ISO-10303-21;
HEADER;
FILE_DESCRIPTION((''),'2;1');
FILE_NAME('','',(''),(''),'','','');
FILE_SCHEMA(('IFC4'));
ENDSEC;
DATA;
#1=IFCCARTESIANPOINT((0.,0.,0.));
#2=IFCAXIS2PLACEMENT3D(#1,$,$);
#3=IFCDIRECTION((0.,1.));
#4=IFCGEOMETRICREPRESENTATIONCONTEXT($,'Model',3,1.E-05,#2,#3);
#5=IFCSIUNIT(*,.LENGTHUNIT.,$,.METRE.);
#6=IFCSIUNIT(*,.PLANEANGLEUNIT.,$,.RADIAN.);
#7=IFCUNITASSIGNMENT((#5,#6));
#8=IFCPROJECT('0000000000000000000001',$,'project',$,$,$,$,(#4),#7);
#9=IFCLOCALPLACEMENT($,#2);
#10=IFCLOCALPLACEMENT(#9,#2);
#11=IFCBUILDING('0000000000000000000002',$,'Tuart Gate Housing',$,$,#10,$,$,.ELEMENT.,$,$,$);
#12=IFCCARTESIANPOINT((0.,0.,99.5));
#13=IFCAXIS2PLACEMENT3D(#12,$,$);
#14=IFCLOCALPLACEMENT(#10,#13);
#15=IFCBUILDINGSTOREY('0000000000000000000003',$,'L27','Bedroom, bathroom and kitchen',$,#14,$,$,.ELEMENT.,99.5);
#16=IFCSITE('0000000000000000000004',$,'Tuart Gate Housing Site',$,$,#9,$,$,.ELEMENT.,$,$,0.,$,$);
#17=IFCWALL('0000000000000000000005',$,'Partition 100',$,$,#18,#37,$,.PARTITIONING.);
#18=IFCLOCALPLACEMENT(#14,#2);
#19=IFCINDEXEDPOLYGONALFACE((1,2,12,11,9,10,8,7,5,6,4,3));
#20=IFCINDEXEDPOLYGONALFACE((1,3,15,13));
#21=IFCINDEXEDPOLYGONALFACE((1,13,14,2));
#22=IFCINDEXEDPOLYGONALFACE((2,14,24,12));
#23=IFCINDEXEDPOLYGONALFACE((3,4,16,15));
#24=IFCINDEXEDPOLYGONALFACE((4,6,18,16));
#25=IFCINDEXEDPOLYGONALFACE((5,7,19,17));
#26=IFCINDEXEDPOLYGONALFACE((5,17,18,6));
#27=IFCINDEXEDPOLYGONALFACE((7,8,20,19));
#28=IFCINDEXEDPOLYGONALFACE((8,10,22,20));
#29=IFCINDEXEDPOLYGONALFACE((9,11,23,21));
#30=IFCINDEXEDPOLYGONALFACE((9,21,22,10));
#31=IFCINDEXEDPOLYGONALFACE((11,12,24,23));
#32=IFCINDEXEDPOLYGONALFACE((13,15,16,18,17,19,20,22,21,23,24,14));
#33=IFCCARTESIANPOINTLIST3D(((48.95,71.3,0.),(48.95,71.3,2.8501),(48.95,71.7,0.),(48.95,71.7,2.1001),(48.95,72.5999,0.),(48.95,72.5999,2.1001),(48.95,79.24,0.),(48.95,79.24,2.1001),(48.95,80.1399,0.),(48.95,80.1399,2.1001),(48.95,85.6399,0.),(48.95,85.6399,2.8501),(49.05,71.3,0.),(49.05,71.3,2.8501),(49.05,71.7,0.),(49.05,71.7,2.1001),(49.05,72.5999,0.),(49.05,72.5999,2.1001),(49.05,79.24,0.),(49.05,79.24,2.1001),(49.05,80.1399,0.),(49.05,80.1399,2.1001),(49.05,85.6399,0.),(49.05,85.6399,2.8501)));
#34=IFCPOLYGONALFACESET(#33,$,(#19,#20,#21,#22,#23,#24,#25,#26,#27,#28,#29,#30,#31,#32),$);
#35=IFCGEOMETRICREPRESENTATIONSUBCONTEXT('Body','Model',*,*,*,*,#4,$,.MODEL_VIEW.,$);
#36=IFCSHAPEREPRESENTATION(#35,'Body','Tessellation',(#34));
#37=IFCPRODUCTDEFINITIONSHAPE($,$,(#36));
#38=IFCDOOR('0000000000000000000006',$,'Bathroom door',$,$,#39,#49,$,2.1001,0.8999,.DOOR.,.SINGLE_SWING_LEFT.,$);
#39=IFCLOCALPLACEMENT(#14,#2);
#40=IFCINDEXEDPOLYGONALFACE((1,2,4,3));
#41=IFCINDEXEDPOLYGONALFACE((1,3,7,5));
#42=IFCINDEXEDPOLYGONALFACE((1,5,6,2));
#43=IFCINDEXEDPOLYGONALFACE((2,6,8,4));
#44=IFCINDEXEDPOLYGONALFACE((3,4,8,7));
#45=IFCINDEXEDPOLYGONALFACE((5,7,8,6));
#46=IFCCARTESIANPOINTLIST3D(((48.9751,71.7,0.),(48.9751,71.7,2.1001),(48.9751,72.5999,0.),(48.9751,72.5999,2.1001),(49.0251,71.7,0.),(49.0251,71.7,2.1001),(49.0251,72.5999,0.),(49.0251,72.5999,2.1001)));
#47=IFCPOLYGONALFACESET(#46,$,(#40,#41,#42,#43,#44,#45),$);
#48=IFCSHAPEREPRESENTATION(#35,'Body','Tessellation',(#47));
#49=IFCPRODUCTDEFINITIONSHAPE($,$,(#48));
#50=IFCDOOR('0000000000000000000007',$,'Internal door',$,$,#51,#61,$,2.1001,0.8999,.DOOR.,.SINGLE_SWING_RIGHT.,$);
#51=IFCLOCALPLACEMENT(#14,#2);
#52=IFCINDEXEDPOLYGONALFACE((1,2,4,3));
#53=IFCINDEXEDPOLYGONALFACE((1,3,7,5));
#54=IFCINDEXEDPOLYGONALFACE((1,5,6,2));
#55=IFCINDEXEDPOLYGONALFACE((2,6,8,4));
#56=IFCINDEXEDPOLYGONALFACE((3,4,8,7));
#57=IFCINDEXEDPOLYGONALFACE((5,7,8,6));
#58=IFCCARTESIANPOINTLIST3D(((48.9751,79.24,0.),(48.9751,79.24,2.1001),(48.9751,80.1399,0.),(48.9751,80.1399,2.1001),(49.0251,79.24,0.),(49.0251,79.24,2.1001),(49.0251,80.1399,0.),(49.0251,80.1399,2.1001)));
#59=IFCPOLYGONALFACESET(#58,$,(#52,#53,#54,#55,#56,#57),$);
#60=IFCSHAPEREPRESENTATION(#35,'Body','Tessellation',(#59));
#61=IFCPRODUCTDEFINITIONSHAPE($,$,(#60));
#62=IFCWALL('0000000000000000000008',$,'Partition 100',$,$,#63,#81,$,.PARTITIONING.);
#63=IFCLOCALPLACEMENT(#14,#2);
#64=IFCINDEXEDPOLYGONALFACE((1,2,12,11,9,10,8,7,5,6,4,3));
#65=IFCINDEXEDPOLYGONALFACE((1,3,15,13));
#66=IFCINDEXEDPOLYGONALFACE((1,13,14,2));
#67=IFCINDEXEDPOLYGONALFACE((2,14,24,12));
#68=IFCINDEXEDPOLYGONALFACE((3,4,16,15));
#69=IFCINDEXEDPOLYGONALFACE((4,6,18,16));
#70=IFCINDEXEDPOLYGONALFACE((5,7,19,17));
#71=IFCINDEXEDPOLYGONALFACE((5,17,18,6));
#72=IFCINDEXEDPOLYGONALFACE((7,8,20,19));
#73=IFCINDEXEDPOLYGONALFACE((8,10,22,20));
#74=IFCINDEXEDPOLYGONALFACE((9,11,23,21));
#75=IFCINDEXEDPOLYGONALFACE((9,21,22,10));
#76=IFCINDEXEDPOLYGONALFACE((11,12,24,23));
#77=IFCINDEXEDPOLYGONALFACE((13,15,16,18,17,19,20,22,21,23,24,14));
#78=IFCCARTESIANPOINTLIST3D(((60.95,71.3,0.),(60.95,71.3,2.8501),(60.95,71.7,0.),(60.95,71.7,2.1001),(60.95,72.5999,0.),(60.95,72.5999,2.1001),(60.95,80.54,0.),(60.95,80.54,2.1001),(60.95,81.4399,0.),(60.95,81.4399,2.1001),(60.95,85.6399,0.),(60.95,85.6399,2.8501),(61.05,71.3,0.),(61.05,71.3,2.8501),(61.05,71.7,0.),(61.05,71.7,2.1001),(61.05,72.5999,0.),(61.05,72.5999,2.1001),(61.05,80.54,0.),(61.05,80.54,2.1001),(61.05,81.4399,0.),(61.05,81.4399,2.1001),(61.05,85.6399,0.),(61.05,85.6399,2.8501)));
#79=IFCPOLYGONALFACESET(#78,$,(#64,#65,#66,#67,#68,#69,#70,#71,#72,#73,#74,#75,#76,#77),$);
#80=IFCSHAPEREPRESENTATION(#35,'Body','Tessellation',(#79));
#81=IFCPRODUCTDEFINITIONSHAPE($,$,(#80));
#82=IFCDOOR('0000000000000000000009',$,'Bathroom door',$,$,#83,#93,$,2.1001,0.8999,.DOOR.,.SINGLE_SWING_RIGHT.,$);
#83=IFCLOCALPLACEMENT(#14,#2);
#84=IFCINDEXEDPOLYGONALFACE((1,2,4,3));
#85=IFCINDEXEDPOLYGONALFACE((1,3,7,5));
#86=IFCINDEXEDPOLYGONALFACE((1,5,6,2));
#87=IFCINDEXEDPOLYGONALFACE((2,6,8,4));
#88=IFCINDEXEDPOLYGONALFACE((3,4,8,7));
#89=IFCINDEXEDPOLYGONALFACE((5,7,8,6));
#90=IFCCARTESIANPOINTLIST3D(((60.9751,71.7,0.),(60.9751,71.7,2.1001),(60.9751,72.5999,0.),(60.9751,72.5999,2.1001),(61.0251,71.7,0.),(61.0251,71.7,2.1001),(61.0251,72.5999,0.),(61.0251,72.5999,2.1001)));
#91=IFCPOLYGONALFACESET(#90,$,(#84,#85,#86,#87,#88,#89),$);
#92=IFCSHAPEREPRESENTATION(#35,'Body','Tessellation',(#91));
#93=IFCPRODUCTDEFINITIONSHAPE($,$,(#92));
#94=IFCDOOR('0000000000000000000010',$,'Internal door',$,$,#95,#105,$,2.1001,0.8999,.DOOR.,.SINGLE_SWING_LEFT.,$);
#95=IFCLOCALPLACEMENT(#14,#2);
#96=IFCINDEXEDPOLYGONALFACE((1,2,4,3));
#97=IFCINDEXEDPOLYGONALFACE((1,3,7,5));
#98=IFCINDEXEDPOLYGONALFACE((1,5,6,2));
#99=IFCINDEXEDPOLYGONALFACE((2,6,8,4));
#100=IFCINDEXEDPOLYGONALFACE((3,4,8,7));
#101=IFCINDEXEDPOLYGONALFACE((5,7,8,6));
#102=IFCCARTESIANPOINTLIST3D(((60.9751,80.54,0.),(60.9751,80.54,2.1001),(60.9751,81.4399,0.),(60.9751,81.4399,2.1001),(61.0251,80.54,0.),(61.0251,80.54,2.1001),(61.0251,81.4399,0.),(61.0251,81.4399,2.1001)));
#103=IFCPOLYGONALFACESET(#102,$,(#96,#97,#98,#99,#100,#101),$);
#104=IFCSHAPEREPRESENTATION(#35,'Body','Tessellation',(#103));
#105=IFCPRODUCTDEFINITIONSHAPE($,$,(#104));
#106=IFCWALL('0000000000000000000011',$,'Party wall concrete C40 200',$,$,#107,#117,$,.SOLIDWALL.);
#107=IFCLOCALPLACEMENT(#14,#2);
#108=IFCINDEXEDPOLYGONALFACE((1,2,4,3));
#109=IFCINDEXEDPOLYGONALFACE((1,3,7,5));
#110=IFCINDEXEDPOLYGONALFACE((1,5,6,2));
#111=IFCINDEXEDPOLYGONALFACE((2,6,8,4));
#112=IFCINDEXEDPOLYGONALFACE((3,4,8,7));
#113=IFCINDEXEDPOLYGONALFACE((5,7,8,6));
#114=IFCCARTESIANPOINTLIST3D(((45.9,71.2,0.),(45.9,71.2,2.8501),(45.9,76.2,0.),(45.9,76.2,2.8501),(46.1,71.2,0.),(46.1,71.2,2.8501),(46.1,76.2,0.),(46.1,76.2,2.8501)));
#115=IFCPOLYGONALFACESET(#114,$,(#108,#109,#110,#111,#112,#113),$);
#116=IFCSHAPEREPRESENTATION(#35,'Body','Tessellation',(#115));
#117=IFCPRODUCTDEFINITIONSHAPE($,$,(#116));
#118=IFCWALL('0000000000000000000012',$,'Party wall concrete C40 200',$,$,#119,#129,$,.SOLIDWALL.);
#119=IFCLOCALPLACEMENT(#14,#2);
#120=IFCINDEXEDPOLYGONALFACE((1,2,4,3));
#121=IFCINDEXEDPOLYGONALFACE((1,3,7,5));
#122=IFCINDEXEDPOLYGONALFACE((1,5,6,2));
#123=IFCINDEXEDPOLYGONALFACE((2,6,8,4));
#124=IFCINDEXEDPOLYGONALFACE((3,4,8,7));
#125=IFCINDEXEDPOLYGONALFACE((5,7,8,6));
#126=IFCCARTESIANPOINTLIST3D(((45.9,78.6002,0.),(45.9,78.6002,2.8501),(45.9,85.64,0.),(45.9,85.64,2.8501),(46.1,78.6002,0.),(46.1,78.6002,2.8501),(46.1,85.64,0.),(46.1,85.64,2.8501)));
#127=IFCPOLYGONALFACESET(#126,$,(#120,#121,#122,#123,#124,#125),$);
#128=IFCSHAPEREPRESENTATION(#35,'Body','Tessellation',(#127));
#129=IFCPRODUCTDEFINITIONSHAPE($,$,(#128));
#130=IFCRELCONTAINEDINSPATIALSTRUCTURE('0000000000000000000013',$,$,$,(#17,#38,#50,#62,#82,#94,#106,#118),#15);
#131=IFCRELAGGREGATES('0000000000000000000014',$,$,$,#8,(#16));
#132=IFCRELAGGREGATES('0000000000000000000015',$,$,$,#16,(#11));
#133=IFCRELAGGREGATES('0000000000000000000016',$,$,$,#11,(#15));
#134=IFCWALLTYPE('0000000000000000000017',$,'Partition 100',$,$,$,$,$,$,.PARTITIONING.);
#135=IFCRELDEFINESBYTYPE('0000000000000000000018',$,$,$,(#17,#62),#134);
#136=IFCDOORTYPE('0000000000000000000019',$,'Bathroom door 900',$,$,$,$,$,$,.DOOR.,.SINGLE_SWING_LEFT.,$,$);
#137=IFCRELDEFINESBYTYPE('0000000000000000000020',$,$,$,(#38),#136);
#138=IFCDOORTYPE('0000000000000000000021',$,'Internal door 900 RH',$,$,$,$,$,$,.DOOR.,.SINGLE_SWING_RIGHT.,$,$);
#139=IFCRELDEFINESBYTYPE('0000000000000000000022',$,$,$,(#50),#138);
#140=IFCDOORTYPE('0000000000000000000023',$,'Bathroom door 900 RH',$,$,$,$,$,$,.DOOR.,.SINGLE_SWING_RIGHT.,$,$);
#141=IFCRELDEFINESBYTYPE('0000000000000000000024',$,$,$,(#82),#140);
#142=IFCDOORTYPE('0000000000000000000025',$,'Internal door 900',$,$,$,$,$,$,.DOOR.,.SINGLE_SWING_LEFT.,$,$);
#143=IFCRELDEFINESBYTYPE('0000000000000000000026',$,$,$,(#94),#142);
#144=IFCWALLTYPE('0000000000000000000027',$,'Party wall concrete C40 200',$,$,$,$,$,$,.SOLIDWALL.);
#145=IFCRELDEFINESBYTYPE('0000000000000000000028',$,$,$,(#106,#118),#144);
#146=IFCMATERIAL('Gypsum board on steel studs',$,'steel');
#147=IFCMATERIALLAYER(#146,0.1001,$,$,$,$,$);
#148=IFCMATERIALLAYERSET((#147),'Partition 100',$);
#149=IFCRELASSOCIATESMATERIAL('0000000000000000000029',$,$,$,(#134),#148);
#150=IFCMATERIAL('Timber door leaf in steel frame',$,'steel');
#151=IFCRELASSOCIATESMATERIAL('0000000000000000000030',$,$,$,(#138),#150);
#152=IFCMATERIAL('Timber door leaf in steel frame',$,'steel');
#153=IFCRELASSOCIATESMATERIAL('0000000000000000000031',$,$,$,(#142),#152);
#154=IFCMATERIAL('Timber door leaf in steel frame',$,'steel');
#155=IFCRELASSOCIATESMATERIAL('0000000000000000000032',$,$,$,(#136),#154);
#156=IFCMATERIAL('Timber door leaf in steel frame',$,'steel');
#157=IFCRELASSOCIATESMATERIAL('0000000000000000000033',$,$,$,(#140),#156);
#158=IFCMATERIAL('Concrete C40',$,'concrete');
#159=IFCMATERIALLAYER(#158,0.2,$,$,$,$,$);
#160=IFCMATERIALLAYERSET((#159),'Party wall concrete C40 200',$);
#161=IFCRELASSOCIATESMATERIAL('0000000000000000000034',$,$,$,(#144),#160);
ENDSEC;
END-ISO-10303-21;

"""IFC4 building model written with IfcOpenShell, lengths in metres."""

from ifc_helpers import new_model, si_unit, direction, frame, frame_2d, origin, place, context, subcontext, project, spatial, rectangle, extrude, material, layer, layer_set, type_object, element, fill, save


model = new_model("IFC4")

# Units and contexts
model_context = context("Model", 3, precision=1e-05, world=origin(), true_north=direction((0.0, 1.0)))
body_context = subcontext(model_context, "Body", "Model", "MODEL_VIEW")
ifc_project = project(units=[si_unit("LENGTHUNIT", "METRE"), si_unit("PLANEANGLEUNIT", "RADIAN")], contexts=[model_context])

# Site, building, storey
site_placement = place(None, origin())
site = spatial("IfcSite", under=ifc_project, at=site_placement, Name="Tuart Gate Housing Site", CompositionType="ELEMENT", RefElevation=0.0)
building_placement = place(site_placement, origin())
building = spatial("IfcBuilding", under=site, at=building_placement, Name="Tuart Gate Housing", CompositionType="ELEMENT")
storey_placement = place(building_placement, frame((0.0, 0.0, 99.5)))
storey = spatial("IfcBuildingStorey", under=building, at=storey_placement, Name="L27", Description="Bedroom, bathroom and kitchen", CompositionType="ELEMENT", Elevation=99.5)

# Shared definitions
ifc_material_1 = material(Name="Gypsum board on steel studs", Category="steel")
ifc_layer_1 = layer(ifc_material_1, 0.1001)
ifc_layer_set_1 = layer_set([ifc_layer_1], Name="Partition 100")
wall_type_1 = type_object("IfcWallType", Name="Partition 100", PredefinedType="PARTITIONING", material=ifc_layer_set_1)

# Shared definitions
ifc_material_2 = material(Name="Timber door leaf in steel frame", Category="steel")
door_type_1 = type_object("IfcDoorType", Name="Internal door 900 RH", OperationType="SINGLE_SWING_RIGHT", PredefinedType="DOOR", material=ifc_material_2)
ifc_material_3 = material(Name="Timber door leaf in steel frame", Category="steel")
door_type_2 = type_object("IfcDoorType", Name="Internal door 900", OperationType="SINGLE_SWING_LEFT", PredefinedType="DOOR", material=ifc_material_3)

# Walls, openings, doors
wall_1_placement = place(storey_placement, frame((49.0, 71.3, 0.0), z_axis=(0.0, 0.0, 1.0), x_axis=(0.0, 1.0, 0.0)))
wall_1 = element("IfcWall", 1, at=wall_1_placement, inside=storey, type_object=wall_type_1, Name="Partition 100", PredefinedType="PARTITIONING", context=body_context, shape_type="SweptSolid", body=[
    extrude(rectangle(XDim=14.3398, YDim=0.1001, at=frame_2d((7.1699, 0.0))), origin(), (0.0, 0.0, 1.0), 2.8501),
])
opening_1_placement = place(wall_1_placement, frame((7.9399, 0.0, 0.0)))
opening_1 = element("IfcOpeningElement", 2, at=opening_1_placement, cuts=wall_1, PredefinedType="OPENING", context=body_context, shape_type="SweptSolid", body=[
    extrude(rectangle(XDim=0.8999, YDim=2.1001, at=frame_2d((0.45, 1.05))), frame((0.0, 0.0601, 0.0), z_axis=(0.0, -1.0, 0.0), x_axis=(1.0, 0.0, 0.0)), (0.0, 0.0, 1.0), 0.1201),
])
opening_2_placement = place(wall_1_placement, frame((0.3999, 0.0, 0.0)))
opening_2 = element("IfcOpeningElement", 3, at=opening_2_placement, cuts=wall_1, PredefinedType="OPENING", context=body_context, shape_type="SweptSolid", body=[
    extrude(rectangle(XDim=0.8999, YDim=2.1001, at=frame_2d((0.45, 1.05))), frame((0.0, 0.0601, 0.0), z_axis=(0.0, -1.0, 0.0), x_axis=(1.0, 0.0, 0.0)), (0.0, 0.0, 1.0), 0.1201),
])
ifc_material_4 = material(Name="Timber door leaf in steel frame", Category="steel")
door_type_3 = type_object("IfcDoorType", Name="Bathroom door 900", OperationType="SINGLE_SWING_LEFT", PredefinedType="DOOR", material=ifc_material_4)
door_1_placement = place(opening_2_placement, origin())
door_1 = element("IfcDoor", 4, at=door_1_placement, inside=storey, type_object=door_type_3, Name="Bathroom door", OperationType="SINGLE_SWING_LEFT", OverallHeight=2.1001, OverallWidth=0.8999, PredefinedType="DOOR", context=body_context, shape_type="SweptSolid", body=[
    extrude(rectangle(XDim=0.8999, YDim=2.1001, at=frame_2d((0.45, 1.05))), frame((0.0, 0.0249, 0.0), z_axis=(0.0, -1.0, 0.0), x_axis=(1.0, 0.0, 0.0)), (0.0, 0.0, 1.0), 0.05),
])
fill(opening_2, door_1)
door_2_placement = place(opening_1_placement, origin())
door_2 = element("IfcDoor", 5, at=door_2_placement, inside=storey, type_object=door_type_1, Name="Internal door", OperationType="SINGLE_SWING_RIGHT", OverallHeight=2.1001, OverallWidth=0.8999, PredefinedType="DOOR", context=body_context, shape_type="SweptSolid", body=[
    extrude(rectangle(XDim=0.8999, YDim=2.1001, at=frame_2d((0.45, 1.05))), frame((0.0, 0.0249, 0.0), z_axis=(0.0, -1.0, 0.0), x_axis=(1.0, 0.0, 0.0)), (0.0, 0.0, 1.0), 0.05),
])
fill(opening_1, door_2)
wall_2_placement = place(storey_placement, frame((61.0, 71.3, 0.0), z_axis=(0.0, 0.0, 1.0), x_axis=(0.0, 1.0, 0.0)))
wall_2 = element("IfcWall", 6, at=wall_2_placement, inside=storey, type_object=wall_type_1, Name="Partition 100", PredefinedType="PARTITIONING", context=body_context, shape_type="SweptSolid", body=[
    extrude(rectangle(XDim=14.3398, YDim=0.1001, at=frame_2d((7.1699, 0.0))), origin(), (0.0, 0.0, 1.0), 2.8501),
])
opening_3_placement = place(wall_2_placement, frame((9.24, 0.0, 0.0)))
opening_3 = element("IfcOpeningElement", 7, at=opening_3_placement, cuts=wall_2, PredefinedType="OPENING", context=body_context, shape_type="SweptSolid", body=[
    extrude(rectangle(XDim=0.8999, YDim=2.1001, at=frame_2d((0.45, 1.05))), frame((0.0, 0.0601, 0.0), z_axis=(0.0, -1.0, 0.0), x_axis=(1.0, 0.0, 0.0)), (0.0, 0.0, 1.0), 0.1201),
])
opening_4_placement = place(wall_2_placement, frame((0.3999, 0.0, 0.0)))
opening_4 = element("IfcOpeningElement", 8, at=opening_4_placement, cuts=wall_2, PredefinedType="OPENING", context=body_context, shape_type="SweptSolid", body=[
    extrude(rectangle(XDim=0.8999, YDim=2.1001, at=frame_2d((0.45, 1.05))), frame((0.0, 0.0601, 0.0), z_axis=(0.0, -1.0, 0.0), x_axis=(1.0, 0.0, 0.0)), (0.0, 0.0, 1.0), 0.1201),
])
ifc_material_5 = material(Name="Timber door leaf in steel frame", Category="steel")
door_type_4 = type_object("IfcDoorType", Name="Bathroom door 900 RH", OperationType="SINGLE_SWING_RIGHT", PredefinedType="DOOR", material=ifc_material_5)
door_3_placement = place(opening_4_placement, frame((0.8999, 0.0, 0.0), z_axis=(0.0, 0.0, 1.0), x_axis=(-1.0, 0.0, 0.0)))
door_3 = element("IfcDoor", 9, at=door_3_placement, inside=storey, type_object=door_type_4, Name="Bathroom door", OperationType="SINGLE_SWING_RIGHT", OverallHeight=2.1001, OverallWidth=0.8999, PredefinedType="DOOR", context=body_context, shape_type="SweptSolid", body=[
    extrude(rectangle(XDim=0.8999, YDim=2.1001, at=frame_2d((0.45, 1.05))), frame((0.0, 0.0251, 0.0), z_axis=(0.0, -1.0, 0.0), x_axis=(1.0, 0.0, 0.0)), (0.0, 0.0, 1.0), 0.05),
])
fill(opening_4, door_3)
door_4_placement = place(opening_3_placement, frame((0.8999, 0.0, 0.0), z_axis=(0.0, 0.0, 1.0), x_axis=(-1.0, 0.0, 0.0)))
door_4 = element("IfcDoor", 10, at=door_4_placement, inside=storey, type_object=door_type_2, Name="Internal door", OperationType="SINGLE_SWING_LEFT", OverallHeight=2.1001, OverallWidth=0.8999, PredefinedType="DOOR", context=body_context, shape_type="SweptSolid", body=[
    extrude(rectangle(XDim=0.8999, YDim=2.1001, at=frame_2d((0.45, 1.05))), frame((0.0, 0.0251, 0.0), z_axis=(0.0, -1.0, 0.0), x_axis=(1.0, 0.0, 0.0)), (0.0, 0.0, 1.0), 0.05),
])
fill(opening_3, door_4)

# Walls
ifc_material_6 = material(Name="Concrete C40", Category="concrete")
ifc_layer_2 = layer(ifc_material_6, 0.2)
ifc_layer_set_2 = layer_set([ifc_layer_2], Name="Party wall concrete C40 200")
wall_type_2 = type_object("IfcWallType", Name="Party wall concrete C40 200", PredefinedType="SOLIDWALL", material=ifc_layer_set_2)
wall_3_placement = place(storey_placement, frame((46.0, 71.2, 0.0), z_axis=(0.0, 0.0, 1.0), x_axis=(0.0, 1.0, 0.0)))
element("IfcWall", 11, at=wall_3_placement, inside=storey, type_object=wall_type_2, Name="Party wall concrete C40 200", PredefinedType="SOLIDWALL", context=body_context, shape_type="SweptSolid", body=[
    extrude(rectangle(XDim=5.0, YDim=0.2, at=frame_2d((2.5, 0.0))), origin(), (0.0, 0.0, 1.0), 2.8501),
])
wall_4_placement = place(storey_placement, frame((46.0, 78.6001, 0.0), z_axis=(0.0, 0.0, 1.0), x_axis=(0.0, 1.0, 0.0)))
element("IfcWall", 12, at=wall_4_placement, inside=storey, type_object=wall_type_2, Name="Party wall concrete C40 200", PredefinedType="SOLIDWALL", context=body_context, shape_type="SweptSolid", body=[
    extrude(rectangle(XDim=7.0398, YDim=0.2, at=frame_2d((3.52, 0.0))), origin(), (0.0, 0.0, 1.0), 2.8501),
])

save(model, "model.ifc")
